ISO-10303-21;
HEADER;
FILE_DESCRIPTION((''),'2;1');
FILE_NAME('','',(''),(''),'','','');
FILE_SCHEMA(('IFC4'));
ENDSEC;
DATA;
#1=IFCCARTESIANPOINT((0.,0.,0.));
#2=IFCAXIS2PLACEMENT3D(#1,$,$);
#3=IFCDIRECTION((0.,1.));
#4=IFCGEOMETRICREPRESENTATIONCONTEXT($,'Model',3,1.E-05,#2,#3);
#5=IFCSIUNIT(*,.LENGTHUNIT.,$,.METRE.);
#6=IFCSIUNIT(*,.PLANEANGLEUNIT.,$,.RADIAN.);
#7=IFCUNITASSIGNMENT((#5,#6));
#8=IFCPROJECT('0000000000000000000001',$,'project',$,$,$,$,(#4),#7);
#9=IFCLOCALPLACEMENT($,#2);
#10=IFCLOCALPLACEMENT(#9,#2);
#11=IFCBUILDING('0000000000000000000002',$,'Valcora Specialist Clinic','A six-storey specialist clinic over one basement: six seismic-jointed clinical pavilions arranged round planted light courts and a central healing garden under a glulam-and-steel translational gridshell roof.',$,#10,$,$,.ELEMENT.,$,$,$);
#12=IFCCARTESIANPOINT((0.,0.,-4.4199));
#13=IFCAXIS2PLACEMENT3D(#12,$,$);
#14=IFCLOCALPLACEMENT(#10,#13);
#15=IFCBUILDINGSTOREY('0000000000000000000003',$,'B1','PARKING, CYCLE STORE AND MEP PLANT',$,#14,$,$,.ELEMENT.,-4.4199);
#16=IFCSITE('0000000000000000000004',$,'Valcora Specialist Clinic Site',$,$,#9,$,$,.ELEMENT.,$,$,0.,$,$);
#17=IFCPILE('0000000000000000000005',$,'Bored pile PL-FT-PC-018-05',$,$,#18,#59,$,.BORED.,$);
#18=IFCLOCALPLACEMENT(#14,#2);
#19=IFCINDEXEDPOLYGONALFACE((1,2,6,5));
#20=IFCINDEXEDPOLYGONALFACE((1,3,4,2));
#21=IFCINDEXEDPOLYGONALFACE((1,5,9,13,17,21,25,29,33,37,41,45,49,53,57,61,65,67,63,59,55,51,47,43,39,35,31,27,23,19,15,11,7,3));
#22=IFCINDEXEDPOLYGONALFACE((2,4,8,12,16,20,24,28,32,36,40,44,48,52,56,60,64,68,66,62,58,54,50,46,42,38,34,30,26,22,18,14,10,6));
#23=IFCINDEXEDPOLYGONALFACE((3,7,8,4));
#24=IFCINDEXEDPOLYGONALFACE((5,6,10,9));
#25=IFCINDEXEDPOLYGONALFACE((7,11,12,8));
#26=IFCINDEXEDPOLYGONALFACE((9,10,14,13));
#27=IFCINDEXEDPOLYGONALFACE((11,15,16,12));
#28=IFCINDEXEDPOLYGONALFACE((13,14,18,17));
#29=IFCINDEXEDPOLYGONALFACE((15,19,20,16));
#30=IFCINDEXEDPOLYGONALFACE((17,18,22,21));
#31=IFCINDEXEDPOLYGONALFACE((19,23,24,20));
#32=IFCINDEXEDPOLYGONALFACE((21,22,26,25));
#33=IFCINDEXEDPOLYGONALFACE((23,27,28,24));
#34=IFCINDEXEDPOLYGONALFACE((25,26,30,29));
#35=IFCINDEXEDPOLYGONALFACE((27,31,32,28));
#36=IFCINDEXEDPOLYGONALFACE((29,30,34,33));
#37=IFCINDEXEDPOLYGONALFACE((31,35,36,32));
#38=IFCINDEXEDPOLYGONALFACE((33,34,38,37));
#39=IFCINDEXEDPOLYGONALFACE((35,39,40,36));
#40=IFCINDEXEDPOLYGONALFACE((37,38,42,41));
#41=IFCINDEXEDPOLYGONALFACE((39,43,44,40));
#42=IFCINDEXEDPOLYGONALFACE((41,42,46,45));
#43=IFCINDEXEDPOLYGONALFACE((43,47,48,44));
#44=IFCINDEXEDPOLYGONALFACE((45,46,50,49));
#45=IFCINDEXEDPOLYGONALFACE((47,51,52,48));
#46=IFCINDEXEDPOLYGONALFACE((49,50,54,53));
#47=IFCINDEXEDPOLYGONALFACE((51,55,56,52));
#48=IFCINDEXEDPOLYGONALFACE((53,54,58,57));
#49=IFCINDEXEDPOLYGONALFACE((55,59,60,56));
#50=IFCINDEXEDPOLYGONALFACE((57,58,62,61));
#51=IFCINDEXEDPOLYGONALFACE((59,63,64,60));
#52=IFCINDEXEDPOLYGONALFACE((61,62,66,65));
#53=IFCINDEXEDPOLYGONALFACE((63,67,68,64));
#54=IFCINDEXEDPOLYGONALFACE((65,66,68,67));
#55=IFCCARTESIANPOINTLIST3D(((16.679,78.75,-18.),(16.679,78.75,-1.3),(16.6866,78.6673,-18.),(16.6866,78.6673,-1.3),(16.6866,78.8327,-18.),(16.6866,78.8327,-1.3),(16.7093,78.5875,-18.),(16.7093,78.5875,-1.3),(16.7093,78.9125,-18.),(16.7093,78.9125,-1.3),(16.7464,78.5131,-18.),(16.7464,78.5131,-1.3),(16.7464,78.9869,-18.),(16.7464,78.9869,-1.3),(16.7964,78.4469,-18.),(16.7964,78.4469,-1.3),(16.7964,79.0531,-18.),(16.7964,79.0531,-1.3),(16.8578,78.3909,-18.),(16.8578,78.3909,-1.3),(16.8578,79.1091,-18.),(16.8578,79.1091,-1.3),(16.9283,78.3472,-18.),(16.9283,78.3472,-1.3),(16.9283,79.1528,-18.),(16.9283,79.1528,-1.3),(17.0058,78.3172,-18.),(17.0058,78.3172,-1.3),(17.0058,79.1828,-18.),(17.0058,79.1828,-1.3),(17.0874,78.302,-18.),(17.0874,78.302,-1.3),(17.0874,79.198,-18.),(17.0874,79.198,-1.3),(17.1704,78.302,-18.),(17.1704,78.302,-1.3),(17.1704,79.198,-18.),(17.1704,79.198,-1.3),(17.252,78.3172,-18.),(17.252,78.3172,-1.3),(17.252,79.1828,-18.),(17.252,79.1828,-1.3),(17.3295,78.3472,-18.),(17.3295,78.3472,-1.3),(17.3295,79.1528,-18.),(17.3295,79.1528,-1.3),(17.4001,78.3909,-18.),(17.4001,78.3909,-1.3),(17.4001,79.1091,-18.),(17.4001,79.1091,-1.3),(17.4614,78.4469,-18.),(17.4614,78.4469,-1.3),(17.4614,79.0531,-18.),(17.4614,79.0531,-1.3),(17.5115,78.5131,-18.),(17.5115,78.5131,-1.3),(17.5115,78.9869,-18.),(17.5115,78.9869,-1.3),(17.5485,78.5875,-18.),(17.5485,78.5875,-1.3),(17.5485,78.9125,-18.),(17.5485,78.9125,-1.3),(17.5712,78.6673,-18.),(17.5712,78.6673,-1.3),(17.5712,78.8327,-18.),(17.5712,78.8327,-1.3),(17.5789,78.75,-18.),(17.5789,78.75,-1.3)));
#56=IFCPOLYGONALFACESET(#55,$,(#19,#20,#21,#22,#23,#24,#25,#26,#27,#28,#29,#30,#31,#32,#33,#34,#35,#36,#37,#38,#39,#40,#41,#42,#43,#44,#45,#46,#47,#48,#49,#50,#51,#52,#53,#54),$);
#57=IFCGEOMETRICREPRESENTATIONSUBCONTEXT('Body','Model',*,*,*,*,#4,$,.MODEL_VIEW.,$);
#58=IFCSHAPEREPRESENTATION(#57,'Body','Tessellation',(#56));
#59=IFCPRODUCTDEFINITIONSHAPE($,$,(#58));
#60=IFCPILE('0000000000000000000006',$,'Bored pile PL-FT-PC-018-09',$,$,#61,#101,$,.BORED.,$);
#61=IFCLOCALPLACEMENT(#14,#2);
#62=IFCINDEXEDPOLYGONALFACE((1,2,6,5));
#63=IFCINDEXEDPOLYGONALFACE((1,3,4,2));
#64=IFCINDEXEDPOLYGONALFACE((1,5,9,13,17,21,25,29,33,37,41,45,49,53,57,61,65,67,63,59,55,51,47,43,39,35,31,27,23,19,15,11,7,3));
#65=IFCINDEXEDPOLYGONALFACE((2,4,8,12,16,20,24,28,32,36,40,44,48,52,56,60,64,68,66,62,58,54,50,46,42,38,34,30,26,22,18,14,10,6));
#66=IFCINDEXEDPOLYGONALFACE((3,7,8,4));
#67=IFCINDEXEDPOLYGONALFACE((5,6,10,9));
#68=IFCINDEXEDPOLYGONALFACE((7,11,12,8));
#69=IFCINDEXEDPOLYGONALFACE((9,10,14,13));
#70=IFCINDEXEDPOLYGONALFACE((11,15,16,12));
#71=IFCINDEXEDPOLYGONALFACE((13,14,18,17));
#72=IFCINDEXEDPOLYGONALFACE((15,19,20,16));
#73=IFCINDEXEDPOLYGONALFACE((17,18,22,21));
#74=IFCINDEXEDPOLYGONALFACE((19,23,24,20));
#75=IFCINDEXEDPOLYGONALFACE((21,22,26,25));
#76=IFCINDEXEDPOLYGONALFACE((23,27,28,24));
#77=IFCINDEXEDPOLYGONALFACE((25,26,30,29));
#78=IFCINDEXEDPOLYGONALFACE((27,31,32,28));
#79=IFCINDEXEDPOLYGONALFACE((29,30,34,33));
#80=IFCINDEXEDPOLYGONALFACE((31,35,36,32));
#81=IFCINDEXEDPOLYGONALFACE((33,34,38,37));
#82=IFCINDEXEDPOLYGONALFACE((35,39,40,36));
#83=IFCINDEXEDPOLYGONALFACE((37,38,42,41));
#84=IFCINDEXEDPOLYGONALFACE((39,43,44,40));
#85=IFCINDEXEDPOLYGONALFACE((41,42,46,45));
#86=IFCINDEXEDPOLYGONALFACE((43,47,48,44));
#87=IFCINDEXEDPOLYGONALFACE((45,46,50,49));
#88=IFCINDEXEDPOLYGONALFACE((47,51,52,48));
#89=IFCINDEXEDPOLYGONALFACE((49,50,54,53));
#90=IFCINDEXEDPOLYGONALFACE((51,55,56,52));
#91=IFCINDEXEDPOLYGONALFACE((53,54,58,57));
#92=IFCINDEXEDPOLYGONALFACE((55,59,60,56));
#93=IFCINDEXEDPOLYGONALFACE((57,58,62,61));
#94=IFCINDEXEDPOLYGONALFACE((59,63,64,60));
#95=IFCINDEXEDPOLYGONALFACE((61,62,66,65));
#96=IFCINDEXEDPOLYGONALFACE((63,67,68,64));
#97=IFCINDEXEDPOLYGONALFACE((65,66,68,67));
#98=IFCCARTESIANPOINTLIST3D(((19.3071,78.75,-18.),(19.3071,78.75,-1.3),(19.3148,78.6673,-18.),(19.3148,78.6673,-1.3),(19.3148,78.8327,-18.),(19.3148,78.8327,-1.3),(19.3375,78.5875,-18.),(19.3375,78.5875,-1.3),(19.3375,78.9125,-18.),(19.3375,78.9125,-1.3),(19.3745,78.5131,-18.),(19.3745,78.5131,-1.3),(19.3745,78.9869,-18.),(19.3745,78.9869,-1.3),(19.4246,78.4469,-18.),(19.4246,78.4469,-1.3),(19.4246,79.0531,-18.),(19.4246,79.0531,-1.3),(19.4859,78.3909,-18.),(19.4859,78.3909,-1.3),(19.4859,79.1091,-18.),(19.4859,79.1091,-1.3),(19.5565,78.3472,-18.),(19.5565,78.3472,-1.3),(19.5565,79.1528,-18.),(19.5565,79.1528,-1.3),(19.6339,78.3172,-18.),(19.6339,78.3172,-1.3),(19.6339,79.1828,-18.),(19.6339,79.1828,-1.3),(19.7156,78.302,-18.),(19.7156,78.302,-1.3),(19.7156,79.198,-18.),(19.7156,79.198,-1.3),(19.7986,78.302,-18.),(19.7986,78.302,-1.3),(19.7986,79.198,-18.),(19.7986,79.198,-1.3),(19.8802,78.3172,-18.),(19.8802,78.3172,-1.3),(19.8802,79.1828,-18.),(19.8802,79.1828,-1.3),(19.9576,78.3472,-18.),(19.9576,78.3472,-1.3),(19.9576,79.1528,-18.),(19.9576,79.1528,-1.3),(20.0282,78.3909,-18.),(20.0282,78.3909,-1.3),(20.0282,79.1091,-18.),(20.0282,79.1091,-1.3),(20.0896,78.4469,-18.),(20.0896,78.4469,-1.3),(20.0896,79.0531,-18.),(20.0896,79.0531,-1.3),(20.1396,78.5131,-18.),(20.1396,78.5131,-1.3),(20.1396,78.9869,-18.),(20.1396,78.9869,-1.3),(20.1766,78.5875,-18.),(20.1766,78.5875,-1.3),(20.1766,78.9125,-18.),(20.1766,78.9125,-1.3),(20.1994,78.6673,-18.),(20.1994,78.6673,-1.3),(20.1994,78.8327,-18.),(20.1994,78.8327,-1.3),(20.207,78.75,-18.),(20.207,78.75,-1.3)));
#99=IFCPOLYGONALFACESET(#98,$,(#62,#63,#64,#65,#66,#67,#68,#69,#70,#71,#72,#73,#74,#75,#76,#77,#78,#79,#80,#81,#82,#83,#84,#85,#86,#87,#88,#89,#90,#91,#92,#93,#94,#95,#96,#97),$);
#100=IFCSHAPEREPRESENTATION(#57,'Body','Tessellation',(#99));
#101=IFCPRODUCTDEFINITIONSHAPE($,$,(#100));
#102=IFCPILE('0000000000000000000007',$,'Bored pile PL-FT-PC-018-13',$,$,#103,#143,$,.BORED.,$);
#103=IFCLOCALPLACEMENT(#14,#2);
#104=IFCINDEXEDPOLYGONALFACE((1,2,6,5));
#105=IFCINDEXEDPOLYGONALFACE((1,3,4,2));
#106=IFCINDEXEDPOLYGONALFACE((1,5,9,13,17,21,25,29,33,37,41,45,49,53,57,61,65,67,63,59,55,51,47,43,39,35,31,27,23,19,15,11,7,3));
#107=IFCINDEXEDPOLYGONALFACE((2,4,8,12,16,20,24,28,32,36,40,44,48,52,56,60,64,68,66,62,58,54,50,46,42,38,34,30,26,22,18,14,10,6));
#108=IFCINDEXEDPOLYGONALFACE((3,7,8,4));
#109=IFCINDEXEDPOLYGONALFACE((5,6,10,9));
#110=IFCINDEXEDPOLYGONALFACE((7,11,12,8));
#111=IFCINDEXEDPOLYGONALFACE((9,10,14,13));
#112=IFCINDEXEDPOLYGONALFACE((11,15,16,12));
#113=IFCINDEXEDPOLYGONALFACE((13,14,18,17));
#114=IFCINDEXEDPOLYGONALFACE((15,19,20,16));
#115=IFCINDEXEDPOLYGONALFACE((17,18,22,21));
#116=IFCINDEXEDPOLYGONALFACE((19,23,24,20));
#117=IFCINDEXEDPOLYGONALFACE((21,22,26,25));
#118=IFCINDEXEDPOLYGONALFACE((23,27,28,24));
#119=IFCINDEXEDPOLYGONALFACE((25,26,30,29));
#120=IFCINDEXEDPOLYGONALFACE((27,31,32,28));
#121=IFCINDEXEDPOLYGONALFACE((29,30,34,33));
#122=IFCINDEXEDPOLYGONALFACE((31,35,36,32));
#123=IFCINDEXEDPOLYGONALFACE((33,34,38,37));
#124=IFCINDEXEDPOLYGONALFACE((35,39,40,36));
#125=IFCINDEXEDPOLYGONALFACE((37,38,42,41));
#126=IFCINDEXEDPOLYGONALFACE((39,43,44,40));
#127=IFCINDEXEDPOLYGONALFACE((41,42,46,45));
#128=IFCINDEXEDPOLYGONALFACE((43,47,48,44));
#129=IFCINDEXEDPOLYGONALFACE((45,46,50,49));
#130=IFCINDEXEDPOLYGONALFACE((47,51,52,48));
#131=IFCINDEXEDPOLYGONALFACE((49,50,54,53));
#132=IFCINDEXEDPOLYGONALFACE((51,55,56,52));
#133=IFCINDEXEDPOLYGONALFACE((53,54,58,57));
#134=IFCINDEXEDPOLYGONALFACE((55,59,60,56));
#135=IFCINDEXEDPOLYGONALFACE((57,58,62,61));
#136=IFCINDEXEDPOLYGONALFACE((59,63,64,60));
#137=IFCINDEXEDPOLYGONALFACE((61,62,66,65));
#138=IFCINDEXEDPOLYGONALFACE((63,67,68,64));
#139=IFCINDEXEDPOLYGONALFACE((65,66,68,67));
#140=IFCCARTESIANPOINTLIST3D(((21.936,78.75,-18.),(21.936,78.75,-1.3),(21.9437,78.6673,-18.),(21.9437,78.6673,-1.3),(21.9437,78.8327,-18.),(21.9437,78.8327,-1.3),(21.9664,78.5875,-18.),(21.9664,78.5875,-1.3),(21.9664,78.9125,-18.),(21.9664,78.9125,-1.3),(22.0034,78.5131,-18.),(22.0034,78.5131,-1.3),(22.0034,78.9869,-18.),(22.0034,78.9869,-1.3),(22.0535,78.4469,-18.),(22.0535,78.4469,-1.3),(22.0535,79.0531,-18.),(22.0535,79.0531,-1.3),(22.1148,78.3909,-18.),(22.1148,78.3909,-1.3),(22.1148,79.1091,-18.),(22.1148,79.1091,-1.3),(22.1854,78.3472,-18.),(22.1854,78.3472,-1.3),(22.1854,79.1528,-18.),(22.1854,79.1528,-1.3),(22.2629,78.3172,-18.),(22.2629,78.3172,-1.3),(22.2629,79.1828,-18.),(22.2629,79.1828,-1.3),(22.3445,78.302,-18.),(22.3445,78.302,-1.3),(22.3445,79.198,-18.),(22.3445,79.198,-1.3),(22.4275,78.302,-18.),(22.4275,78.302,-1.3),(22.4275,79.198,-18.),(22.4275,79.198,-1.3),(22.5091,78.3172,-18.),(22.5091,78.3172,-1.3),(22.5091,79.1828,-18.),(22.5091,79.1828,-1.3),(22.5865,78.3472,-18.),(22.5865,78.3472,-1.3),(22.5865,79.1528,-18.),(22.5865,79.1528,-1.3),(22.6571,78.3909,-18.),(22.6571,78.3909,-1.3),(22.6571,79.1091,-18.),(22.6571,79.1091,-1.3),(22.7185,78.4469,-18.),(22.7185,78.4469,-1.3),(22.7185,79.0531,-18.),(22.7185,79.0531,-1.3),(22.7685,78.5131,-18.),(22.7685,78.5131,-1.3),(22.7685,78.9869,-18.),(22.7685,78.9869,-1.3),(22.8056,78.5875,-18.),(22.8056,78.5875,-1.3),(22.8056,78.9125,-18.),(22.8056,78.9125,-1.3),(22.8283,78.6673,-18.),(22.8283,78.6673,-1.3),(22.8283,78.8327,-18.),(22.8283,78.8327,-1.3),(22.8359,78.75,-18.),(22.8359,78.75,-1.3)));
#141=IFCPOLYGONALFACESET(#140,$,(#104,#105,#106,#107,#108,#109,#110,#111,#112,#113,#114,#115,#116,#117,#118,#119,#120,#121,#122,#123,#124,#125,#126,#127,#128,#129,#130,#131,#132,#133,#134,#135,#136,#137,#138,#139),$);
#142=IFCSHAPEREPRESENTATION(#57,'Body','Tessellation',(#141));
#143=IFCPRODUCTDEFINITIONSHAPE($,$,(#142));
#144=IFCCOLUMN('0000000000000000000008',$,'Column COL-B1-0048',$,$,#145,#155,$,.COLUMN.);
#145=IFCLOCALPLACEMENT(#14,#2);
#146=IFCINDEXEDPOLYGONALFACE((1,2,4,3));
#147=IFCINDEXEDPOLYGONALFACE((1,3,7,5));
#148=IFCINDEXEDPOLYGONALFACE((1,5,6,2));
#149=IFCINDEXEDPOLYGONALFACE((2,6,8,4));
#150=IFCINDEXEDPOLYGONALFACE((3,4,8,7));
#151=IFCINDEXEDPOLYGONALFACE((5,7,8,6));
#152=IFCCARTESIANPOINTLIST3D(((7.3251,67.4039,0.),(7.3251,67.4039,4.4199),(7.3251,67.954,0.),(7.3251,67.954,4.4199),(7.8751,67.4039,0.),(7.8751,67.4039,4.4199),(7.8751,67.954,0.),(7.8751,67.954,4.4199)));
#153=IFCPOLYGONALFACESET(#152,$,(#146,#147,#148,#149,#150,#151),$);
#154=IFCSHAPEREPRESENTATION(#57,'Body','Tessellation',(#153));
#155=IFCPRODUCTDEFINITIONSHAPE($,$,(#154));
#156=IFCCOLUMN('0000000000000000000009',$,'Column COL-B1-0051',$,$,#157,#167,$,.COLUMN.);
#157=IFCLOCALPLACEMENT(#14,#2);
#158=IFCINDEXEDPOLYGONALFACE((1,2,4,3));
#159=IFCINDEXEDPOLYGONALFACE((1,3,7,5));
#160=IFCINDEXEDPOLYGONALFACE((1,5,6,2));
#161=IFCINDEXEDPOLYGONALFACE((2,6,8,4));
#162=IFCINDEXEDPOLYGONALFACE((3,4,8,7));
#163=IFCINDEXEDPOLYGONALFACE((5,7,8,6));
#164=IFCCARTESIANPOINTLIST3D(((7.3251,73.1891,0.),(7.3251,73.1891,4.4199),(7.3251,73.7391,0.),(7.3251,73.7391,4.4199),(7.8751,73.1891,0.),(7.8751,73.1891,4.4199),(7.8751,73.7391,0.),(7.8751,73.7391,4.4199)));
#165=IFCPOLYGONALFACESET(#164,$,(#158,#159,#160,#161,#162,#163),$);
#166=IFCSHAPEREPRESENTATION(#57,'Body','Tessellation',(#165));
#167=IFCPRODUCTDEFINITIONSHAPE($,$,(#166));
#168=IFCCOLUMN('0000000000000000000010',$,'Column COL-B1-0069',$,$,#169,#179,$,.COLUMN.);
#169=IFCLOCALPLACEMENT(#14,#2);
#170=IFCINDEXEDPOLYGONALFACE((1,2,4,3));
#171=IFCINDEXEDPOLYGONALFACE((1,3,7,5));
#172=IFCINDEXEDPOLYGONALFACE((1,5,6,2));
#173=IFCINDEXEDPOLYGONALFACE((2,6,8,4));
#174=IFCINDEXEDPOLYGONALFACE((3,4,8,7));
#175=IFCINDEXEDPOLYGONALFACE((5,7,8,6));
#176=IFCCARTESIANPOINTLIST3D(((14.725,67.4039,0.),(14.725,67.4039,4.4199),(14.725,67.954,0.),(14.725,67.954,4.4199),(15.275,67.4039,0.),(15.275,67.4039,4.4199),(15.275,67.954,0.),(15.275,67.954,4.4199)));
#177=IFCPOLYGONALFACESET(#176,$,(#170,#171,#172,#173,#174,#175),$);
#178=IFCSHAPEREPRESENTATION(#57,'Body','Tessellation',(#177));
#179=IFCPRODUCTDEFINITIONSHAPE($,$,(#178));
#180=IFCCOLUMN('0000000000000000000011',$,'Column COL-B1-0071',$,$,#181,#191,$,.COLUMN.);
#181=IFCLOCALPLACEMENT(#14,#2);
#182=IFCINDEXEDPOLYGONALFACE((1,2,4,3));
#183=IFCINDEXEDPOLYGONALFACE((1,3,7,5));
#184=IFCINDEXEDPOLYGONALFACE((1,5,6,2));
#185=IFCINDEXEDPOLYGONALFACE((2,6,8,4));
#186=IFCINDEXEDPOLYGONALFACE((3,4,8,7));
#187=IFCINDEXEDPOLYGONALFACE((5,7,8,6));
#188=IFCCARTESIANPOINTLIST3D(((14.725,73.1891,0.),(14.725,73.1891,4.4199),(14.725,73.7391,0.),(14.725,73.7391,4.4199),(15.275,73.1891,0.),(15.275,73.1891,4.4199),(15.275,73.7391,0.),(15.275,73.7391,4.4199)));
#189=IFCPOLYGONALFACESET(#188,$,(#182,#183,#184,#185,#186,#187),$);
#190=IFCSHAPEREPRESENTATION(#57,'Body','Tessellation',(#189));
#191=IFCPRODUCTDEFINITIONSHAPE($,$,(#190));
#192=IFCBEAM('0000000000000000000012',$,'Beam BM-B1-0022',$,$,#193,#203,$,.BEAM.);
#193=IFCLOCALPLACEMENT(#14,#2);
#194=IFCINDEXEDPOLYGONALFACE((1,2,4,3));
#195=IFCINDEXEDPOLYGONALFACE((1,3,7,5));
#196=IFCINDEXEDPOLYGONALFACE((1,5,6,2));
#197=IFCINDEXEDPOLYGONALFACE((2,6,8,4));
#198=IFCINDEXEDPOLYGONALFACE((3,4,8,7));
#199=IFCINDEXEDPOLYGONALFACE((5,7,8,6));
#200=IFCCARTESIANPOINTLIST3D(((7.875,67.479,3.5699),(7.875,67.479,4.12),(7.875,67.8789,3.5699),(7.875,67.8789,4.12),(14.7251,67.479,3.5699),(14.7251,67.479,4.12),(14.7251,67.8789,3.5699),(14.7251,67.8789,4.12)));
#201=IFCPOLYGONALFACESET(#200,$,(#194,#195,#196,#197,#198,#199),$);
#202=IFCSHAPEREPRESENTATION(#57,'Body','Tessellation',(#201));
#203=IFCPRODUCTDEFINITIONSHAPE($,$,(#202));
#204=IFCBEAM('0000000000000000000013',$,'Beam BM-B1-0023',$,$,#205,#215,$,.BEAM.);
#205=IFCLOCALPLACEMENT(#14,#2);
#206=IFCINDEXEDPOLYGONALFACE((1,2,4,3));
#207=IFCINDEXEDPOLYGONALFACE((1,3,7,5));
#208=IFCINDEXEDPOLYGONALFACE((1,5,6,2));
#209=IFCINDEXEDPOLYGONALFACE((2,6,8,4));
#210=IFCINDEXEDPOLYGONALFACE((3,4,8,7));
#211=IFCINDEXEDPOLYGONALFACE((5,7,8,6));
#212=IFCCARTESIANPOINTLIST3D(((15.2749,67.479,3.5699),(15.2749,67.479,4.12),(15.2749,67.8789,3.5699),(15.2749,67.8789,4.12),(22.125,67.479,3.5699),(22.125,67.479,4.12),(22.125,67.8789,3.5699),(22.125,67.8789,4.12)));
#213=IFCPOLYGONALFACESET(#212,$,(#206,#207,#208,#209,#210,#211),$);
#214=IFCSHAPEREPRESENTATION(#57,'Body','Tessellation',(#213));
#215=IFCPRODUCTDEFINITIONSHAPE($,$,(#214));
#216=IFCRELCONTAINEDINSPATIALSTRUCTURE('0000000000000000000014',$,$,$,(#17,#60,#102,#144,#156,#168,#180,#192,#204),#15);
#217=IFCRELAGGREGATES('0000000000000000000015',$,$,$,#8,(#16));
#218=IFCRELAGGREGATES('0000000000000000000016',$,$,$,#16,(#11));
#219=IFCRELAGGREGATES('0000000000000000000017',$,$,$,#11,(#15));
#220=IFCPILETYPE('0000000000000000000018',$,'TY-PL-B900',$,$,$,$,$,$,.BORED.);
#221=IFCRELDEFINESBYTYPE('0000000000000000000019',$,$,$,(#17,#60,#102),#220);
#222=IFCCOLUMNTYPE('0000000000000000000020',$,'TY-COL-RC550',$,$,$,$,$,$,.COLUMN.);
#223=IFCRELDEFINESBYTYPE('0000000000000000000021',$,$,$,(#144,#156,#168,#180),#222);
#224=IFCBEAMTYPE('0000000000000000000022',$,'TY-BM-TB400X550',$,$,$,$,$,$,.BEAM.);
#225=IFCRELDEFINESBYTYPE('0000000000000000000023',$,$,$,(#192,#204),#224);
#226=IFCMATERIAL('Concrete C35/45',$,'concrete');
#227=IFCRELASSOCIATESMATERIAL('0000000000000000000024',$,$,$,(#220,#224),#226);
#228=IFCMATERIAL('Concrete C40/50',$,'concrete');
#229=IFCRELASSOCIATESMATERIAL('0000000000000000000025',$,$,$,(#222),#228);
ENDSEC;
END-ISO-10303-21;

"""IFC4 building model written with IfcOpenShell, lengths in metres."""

from ifc_helpers import new_model, si_unit, direction, frame, origin, origin_2d, place, context, subcontext, project, spatial, rectangle, circle, extrude, material, material_profile, profile_set, type_object, element, save


model = new_model("IFC4")

# Units and contexts
model_context = context("Model", 3, precision=1e-05, world=origin(), true_north=direction((0.0, 1.0)))
body_context = subcontext(model_context, "Body", "Model", "MODEL_VIEW")
ifc_project = project(units=[si_unit("LENGTHUNIT", "METRE"), si_unit("PLANEANGLEUNIT", "RADIAN")], contexts=[model_context])

# Site, building, storey
site_placement = place(None, origin())
site = spatial("IfcSite", under=ifc_project, at=site_placement, Name="Valcora Specialist Clinic Site", CompositionType="ELEMENT", RefElevation=0.0)
building_placement = place(site_placement, origin())
building = spatial("IfcBuilding", under=site, at=building_placement, Name="Valcora Specialist Clinic", Description="A six-storey specialist clinic over one basement: six seismic-jointed clinical pavilions arranged round planted light courts and a central healing garden under a glulam-and-steel translational gridshell roof.", CompositionType="ELEMENT")
storey_placement = place(building_placement, frame((0.0, 0.0, -4.4199)))
storey = spatial("IfcBuildingStorey", under=building, at=storey_placement, Name="B1", Description="PARKING, CYCLE STORE AND MEP PLANT", CompositionType="ELEMENT", Elevation=-4.4199)

# Shared definitions
ifc_material_1 = material(Name="Concrete C35/45", Category="concrete")

# Piles
ifc_material_profile_1 = material_profile(ifc_material_1, circle(Radius=0.45, at=origin_2d()), Name="RC-PIL-D900")
ifc_profile_set_1 = profile_set([ifc_material_profile_1], Name="Concrete C35/45")
pile_type_1 = type_object("IfcPileType", Name="TY-PL-B900", PredefinedType="BORED", material=ifc_profile_set_1)
for number, where, z_axis, x_axis, name in (
    (1, (17.1289, 78.75, -1.3), (0.0, 0.0, -1.0), (1.0, 0.0, 0.0), "Bored pile PL-FT-PC-018-05"),
    (2, (19.7571, 78.75, -1.3), (0.0, 0.0, -1.0), (1.0, 0.0, 0.0), "Bored pile PL-FT-PC-018-09"),
    (3, (22.386, 78.75, -1.3), (0.0, 0.0, -1.0), (1.0, 0.0, 0.0), "Bored pile PL-FT-PC-018-13"),
):
    element("IfcPile", number, at=place(storey_placement, frame(where, z_axis=z_axis, x_axis=x_axis)), inside=storey, type_object=pile_type_1, Name=name, PredefinedType="BORED", context=body_context, shape_type="SweptSolid", body=[
        extrude(circle(Radius=0.45, at=origin_2d()), origin(), (0.0, 0.0, 1.0), 16.7),
    ])

# Columns
ifc_material_2 = material(Name="Concrete C40/50", Category="concrete")
ifc_material_profile_2 = material_profile(ifc_material_2, rectangle(XDim=0.55, YDim=0.55, at=origin_2d()), Name="RC-COL-550X550")
ifc_profile_set_2 = profile_set([ifc_material_profile_2], Name="Concrete C40/50")
column_type = type_object("IfcColumnType", Name="TY-COL-RC550", PredefinedType="COLUMN", material=ifc_profile_set_2)
for number, where, z_axis, x_axis, name in (
    (4, (7.6001, 67.679, 0.0), (0.0, 0.0, 1.0), (1.0, 0.0, 0.0), "Column COL-B1-0048"),
    (5, (7.6001, 73.4641, 0.0), (0.0, 0.0, 1.0), (1.0, 0.0, 0.0), "Column COL-B1-0051"),
    (6, (15.0, 67.679, 0.0), (0.0, 0.0, 1.0), (1.0, 0.0, 0.0), "Column COL-B1-0069"),
    (7, (15.0, 73.4641, 0.0), (0.0, 0.0, 1.0), (1.0, 0.0, 0.0), "Column COL-B1-0071"),
):
    element("IfcColumn", number, at=place(storey_placement, frame(where, z_axis=z_axis, x_axis=x_axis)), inside=storey, type_object=column_type, Name=name, PredefinedType="COLUMN", context=body_context, shape_type="SweptSolid", body=[
        extrude(rectangle(XDim=0.55, YDim=0.55, at=origin_2d()), origin(), (0.0, 0.0, 1.0), 4.4199),
    ])

# Beams
ifc_material_profile_3 = material_profile(ifc_material_1, rectangle(XDim=0.3999, YDim=0.55, at=origin_2d()), Name="RC-TB-400X550")
ifc_profile_set_3 = profile_set([ifc_material_profile_3], Name="Concrete C35/45")
beam_type = type_object("IfcBeamType", Name="TY-BM-TB400X550", PredefinedType="BEAM", material=ifc_profile_set_3)
for number, where, z_axis, x_axis, name in (
    (8, (7.875, 67.679, 3.845), (1.0, 0.0, 0.0), (0.0, 1.0, 0.0), "Beam BM-B1-0022"),
    (9, (15.2749, 67.679, 3.845), (1.0, 0.0, 0.0), (0.0, 1.0, 0.0), "Beam BM-B1-0023"),
):
    element("IfcBeam", number, at=place(storey_placement, frame(where, z_axis=z_axis, x_axis=x_axis)), inside=storey, type_object=beam_type, Name=name, PredefinedType="BEAM", context=body_context, shape_type="SweptSolid", body=[
        extrude(rectangle(XDim=0.3999, YDim=0.55, at=origin_2d()), origin(), (0.0, 0.0, 1.0), 6.8501),
    ])

save(model, "model.ifc")
